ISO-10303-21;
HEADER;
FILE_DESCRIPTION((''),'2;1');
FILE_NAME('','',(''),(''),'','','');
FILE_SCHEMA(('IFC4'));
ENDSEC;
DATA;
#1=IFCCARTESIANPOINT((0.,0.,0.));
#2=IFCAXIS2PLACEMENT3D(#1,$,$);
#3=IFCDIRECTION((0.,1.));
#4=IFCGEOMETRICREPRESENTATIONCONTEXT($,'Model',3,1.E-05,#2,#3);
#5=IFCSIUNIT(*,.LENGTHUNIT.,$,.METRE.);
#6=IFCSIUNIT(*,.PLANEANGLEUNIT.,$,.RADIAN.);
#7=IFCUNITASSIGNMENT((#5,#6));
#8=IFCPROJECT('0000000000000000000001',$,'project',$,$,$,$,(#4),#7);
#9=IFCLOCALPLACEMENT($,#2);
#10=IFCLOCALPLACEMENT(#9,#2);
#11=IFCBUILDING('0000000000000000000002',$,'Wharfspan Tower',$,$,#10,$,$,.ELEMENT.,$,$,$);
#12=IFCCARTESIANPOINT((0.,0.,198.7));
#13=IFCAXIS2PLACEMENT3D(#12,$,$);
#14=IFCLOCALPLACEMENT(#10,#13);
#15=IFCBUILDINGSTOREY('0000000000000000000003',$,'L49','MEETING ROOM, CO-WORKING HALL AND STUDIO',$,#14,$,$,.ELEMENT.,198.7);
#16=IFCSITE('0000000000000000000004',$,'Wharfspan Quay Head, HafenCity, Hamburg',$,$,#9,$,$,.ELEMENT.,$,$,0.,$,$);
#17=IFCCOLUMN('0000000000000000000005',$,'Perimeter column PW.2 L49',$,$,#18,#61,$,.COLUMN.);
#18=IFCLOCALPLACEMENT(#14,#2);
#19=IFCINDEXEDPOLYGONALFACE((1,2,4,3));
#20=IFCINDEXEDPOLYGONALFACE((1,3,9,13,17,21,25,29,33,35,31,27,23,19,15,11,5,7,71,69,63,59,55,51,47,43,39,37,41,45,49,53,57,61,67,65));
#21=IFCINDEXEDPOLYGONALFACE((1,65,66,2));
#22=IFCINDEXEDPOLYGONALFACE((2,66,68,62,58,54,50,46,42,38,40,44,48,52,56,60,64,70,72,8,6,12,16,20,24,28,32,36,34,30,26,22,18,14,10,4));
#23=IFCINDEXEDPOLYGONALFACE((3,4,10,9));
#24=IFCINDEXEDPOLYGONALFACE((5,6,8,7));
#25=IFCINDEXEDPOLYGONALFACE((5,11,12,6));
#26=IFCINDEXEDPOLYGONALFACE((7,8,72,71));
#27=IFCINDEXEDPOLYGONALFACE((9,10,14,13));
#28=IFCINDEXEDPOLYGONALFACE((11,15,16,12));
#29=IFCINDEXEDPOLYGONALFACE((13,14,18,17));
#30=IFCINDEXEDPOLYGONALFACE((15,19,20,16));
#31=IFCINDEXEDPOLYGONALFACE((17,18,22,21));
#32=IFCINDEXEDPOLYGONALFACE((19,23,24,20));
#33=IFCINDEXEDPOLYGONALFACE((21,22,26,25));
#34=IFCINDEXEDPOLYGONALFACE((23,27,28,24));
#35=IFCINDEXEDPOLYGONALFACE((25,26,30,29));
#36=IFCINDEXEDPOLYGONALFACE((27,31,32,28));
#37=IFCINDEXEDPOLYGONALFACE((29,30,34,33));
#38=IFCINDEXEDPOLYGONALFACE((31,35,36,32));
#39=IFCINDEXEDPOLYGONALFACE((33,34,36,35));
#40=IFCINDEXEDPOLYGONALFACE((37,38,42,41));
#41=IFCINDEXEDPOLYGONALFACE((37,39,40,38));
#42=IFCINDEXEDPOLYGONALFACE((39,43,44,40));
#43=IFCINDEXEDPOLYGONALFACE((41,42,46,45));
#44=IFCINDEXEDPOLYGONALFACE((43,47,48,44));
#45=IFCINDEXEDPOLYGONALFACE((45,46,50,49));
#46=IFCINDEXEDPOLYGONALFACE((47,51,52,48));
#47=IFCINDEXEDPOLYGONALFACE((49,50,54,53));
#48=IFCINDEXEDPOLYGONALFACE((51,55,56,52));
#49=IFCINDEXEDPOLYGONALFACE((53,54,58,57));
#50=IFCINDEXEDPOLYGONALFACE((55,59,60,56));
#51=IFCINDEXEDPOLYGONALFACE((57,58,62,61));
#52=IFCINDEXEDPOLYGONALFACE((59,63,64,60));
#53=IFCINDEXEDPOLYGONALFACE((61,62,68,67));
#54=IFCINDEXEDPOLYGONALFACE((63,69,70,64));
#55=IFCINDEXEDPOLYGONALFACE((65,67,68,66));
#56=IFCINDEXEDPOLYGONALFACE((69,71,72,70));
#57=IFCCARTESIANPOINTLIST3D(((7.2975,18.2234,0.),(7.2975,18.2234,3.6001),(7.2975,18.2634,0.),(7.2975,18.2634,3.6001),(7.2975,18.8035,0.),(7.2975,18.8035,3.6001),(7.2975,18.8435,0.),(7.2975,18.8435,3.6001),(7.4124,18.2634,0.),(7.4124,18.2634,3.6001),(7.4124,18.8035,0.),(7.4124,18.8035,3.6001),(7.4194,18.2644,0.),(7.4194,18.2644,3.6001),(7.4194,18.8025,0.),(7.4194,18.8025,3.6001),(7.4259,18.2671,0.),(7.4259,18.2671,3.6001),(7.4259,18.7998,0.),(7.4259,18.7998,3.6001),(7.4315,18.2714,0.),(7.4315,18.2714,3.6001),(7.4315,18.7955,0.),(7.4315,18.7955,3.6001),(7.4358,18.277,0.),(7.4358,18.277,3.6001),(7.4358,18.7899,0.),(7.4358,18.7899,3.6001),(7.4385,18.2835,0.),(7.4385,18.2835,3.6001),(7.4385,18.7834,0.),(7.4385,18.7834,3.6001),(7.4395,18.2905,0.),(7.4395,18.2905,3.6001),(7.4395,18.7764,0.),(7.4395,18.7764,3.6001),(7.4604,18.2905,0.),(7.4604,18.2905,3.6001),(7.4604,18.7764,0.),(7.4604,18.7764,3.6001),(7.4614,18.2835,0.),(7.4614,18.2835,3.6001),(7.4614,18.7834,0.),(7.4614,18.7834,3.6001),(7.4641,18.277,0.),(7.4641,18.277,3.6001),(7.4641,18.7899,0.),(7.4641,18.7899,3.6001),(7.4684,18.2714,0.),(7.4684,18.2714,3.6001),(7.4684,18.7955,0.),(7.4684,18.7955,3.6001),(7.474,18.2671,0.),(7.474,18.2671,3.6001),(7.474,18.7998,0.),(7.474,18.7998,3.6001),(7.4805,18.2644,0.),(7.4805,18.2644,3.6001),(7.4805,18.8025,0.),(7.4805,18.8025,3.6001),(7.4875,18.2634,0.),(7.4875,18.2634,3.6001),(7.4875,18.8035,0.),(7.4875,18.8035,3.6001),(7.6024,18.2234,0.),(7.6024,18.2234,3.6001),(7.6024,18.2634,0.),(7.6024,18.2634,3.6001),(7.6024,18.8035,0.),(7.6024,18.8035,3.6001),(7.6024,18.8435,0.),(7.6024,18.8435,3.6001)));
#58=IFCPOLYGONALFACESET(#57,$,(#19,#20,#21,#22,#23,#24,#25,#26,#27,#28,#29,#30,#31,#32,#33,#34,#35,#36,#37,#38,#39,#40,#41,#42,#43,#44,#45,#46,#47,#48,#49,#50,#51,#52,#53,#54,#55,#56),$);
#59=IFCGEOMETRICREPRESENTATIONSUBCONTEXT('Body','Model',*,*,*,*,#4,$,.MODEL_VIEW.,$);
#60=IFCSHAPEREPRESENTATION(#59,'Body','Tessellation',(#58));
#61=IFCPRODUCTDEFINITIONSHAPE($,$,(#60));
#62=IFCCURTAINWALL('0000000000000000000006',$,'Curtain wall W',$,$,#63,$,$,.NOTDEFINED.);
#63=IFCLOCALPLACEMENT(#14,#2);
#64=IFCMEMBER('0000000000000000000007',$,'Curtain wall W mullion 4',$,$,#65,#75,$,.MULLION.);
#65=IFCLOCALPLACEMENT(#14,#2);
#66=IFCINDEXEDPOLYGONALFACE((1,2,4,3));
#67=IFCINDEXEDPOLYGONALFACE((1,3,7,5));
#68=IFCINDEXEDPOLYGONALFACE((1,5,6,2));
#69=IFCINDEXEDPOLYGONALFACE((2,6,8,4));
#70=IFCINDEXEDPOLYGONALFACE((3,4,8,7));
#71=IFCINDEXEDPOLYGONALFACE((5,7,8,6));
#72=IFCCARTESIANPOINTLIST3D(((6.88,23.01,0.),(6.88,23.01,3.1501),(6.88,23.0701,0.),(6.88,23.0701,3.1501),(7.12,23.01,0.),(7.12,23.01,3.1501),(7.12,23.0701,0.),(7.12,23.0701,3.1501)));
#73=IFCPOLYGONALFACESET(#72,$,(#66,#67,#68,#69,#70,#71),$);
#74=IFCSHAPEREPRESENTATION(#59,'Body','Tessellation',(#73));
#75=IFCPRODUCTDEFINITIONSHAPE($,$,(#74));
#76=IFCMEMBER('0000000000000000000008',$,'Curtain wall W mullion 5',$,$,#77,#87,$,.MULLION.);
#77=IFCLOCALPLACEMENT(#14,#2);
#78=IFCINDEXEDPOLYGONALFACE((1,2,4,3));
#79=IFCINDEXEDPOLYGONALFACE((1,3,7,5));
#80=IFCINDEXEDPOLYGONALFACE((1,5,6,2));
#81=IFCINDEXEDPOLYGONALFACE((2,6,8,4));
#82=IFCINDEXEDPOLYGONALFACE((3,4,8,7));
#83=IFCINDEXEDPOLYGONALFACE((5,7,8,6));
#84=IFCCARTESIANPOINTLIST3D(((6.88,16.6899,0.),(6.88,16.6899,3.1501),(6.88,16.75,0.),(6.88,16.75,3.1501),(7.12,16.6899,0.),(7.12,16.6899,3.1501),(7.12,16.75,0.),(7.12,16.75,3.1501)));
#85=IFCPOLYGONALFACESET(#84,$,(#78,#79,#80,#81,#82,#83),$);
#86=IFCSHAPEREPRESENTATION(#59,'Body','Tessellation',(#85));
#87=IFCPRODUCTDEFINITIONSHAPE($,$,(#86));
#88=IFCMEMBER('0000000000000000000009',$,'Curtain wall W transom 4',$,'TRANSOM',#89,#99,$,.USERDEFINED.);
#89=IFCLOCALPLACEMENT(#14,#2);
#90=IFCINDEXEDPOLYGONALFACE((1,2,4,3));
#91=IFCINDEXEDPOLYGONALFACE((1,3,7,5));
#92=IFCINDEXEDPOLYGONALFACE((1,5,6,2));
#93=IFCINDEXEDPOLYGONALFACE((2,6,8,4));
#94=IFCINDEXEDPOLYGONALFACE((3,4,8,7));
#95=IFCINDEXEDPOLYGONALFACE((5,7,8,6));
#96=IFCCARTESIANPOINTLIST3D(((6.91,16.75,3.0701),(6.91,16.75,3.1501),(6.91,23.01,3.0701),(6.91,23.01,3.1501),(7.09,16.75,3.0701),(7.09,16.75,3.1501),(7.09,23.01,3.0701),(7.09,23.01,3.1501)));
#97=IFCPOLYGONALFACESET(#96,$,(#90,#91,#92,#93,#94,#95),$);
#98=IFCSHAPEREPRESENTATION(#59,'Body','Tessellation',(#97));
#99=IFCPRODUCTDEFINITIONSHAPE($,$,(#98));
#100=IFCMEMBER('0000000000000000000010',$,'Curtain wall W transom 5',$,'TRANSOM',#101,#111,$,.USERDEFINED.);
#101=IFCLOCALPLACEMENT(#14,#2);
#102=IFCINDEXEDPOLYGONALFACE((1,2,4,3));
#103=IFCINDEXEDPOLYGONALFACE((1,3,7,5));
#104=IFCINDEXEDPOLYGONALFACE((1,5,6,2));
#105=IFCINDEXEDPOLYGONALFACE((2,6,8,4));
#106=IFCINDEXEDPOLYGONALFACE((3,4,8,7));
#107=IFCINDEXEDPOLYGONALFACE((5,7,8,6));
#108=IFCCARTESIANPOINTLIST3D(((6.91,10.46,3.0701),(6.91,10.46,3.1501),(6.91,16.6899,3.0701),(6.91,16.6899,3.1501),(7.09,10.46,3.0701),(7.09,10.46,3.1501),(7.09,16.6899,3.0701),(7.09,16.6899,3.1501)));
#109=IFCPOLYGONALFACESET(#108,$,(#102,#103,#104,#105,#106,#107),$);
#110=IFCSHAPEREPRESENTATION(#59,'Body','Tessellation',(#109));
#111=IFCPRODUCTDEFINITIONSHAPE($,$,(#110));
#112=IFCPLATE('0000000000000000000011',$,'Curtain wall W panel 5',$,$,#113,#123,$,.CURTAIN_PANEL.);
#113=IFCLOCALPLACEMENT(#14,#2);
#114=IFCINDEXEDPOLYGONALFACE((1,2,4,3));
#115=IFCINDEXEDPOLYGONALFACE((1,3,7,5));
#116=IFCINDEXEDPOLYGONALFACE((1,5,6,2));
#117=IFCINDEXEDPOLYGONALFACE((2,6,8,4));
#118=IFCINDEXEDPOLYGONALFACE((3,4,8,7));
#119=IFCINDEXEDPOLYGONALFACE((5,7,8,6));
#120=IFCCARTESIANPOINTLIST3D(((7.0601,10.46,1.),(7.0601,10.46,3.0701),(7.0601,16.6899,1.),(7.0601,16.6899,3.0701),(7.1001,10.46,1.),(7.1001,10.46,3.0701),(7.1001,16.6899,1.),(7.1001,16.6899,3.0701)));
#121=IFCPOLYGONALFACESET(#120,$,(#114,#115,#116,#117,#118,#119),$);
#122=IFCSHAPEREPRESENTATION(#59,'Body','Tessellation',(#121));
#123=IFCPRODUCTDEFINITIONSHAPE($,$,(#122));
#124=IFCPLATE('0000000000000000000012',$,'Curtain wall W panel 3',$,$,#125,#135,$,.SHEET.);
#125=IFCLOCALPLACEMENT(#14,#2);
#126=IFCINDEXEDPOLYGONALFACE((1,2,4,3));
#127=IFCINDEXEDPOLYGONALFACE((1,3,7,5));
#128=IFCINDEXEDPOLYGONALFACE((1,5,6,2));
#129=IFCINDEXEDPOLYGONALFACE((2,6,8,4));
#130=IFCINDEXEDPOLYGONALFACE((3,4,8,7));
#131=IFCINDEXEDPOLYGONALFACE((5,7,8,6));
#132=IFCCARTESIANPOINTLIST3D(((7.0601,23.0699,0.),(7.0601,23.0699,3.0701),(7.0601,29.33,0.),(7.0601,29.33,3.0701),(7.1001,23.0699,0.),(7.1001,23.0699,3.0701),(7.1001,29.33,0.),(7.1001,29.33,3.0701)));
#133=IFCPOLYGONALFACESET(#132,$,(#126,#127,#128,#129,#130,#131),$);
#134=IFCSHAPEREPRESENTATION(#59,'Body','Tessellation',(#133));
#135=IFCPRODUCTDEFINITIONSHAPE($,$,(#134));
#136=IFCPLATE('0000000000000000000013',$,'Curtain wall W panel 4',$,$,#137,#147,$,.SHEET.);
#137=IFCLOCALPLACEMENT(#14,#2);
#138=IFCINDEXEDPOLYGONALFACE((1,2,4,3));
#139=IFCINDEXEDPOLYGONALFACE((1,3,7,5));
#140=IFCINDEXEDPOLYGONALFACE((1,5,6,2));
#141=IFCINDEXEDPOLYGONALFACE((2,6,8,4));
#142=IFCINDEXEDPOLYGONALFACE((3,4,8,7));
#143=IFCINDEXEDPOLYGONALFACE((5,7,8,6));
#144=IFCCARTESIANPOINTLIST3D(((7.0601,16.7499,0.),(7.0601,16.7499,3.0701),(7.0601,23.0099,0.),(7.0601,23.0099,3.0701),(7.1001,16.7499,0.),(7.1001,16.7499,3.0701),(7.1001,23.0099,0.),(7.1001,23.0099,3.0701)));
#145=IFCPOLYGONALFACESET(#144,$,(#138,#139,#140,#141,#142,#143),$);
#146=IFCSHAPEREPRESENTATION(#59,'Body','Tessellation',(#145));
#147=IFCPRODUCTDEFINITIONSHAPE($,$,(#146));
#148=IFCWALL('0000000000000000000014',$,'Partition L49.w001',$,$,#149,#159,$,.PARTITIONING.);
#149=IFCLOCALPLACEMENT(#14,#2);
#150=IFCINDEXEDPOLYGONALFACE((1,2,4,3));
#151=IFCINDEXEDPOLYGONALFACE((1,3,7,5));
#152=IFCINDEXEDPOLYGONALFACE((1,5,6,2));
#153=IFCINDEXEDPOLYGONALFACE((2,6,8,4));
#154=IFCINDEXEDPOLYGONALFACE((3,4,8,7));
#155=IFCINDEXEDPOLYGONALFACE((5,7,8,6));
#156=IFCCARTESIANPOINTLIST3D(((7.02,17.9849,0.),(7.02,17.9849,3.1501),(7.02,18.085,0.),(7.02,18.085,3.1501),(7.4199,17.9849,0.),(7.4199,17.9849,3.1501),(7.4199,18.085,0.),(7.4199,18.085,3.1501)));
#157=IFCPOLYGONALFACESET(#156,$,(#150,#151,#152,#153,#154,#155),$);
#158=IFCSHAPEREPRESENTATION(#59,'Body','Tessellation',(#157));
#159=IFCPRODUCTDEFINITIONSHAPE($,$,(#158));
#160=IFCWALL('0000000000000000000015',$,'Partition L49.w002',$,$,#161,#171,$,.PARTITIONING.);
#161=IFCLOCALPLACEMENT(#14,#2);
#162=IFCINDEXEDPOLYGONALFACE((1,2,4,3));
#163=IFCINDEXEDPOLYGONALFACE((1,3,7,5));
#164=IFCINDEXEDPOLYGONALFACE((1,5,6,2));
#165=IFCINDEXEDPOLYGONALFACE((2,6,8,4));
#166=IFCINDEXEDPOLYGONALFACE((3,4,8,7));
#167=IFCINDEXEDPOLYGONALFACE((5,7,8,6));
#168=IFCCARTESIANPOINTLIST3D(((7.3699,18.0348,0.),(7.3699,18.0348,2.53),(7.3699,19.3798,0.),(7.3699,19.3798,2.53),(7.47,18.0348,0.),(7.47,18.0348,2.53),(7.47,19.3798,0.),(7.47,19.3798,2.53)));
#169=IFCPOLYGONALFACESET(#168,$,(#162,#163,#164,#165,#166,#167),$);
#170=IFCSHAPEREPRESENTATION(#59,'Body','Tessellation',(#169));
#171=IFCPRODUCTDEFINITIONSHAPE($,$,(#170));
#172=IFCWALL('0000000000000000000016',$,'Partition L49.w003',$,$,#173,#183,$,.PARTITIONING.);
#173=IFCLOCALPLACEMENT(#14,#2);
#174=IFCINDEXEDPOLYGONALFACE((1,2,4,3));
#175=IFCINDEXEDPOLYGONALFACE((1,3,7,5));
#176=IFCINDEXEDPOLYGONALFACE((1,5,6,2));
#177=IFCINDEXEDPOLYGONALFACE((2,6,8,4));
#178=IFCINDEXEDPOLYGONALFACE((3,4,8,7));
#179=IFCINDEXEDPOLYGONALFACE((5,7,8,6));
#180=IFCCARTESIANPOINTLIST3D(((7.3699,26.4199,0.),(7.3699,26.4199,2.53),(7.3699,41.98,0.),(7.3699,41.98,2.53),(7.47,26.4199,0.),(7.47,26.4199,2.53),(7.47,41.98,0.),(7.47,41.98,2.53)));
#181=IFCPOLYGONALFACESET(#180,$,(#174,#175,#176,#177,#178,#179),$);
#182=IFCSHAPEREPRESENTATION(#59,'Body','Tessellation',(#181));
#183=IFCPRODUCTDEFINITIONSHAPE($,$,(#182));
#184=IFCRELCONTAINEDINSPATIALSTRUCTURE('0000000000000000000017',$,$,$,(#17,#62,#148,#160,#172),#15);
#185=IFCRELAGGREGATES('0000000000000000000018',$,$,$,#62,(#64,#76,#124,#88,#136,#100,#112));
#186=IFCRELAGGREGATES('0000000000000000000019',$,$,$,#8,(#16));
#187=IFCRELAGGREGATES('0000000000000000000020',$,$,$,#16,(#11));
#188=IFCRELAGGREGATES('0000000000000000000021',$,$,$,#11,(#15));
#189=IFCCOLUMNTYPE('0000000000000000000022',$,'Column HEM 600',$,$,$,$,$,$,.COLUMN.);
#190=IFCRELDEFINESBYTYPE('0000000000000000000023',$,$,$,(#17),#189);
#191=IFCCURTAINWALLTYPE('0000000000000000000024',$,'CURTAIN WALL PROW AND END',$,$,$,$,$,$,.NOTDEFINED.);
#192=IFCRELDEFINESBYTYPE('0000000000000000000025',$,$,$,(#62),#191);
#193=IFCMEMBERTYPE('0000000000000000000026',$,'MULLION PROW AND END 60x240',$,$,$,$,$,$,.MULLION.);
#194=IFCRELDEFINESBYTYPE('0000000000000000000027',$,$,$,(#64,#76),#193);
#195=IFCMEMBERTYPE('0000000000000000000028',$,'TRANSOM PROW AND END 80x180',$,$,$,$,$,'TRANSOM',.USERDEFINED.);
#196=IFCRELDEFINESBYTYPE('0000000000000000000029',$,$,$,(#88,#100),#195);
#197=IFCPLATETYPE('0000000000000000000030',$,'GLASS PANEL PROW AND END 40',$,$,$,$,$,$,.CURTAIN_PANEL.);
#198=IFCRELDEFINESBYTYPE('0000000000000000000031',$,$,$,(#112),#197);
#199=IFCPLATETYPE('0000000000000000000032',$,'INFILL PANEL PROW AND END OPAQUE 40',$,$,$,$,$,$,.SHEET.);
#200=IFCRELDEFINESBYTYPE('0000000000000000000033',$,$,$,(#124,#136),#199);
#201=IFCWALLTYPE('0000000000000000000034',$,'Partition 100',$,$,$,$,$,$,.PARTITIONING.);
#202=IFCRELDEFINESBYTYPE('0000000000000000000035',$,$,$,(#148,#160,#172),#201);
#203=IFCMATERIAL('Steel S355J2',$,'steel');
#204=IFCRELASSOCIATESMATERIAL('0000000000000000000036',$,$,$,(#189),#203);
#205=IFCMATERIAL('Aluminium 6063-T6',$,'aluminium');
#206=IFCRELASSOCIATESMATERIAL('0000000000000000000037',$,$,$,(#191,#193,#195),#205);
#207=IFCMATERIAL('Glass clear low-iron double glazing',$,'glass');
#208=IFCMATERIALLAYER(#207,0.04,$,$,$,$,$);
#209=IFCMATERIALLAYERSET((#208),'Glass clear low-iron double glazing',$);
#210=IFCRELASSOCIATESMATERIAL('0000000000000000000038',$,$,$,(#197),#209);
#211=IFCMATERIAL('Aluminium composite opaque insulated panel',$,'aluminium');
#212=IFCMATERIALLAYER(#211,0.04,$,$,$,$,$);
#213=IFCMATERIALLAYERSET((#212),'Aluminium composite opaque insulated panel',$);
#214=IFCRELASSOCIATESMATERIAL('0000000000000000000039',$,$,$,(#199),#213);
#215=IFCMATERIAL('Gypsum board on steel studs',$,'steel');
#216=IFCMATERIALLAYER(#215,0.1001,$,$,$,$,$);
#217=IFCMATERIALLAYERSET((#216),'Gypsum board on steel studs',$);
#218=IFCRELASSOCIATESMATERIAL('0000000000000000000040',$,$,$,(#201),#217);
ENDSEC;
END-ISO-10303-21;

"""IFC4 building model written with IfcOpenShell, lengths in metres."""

from ifc_helpers import new_model, si_unit, direction, frame, frame_2d, origin, origin_2d, place, context, subcontext, project, spatial, rectangle, i_section, extrude, material, layer, layer_set, material_profile, profile_set, type_object, element, aggregate, save


model = new_model("IFC4")

# Units and contexts
model_context = context("Model", 3, precision=1e-05, world=origin(), true_north=direction((0.0, 1.0)))
body_context = subcontext(model_context, "Body", "Model", "MODEL_VIEW")
ifc_project = project(units=[si_unit("LENGTHUNIT", "METRE"), si_unit("PLANEANGLEUNIT", "RADIAN")], contexts=[model_context])

# Site, building, storey
site_placement = place(None, origin())
site = spatial("IfcSite", under=ifc_project, at=site_placement, Name="Wharfspan Quay Head, HafenCity, Hamburg", CompositionType="ELEMENT", RefElevation=0.0)
building_placement = place(site_placement, origin())
building = spatial("IfcBuilding", under=site, at=building_placement, Name="Wharfspan Tower", CompositionType="ELEMENT")
storey_placement = place(building_placement, frame((0.0, 0.0, 198.7)))
storey = spatial("IfcBuildingStorey", under=building, at=storey_placement, Name="L49", Description="MEETING ROOM, CO-WORKING HALL AND STUDIO", CompositionType="ELEMENT", Elevation=198.7)

# Column
ifc_material_1 = material(Name="Steel S355J2", Category="steel")
ifc_material_profile_1 = material_profile(ifc_material_1, i_section(OverallWidth=0.3049, OverallDepth=0.6201, WebThickness=0.021, FlangeThickness=0.04, FilletRadius=0.0271, at=origin_2d()))
ifc_profile_set_1 = profile_set([ifc_material_profile_1], Name="Steel S355J2")
column_type = type_object("IfcColumnType", Name="Column HEM 600", PredefinedType="COLUMN", material=ifc_profile_set_1)
column_placement = place(storey_placement, frame((7.45, 18.5334, 0.0), z_axis=(0.0, 0.0, 1.0), x_axis=(-1.0, 0.0, 0.0)))
element("IfcColumn", 1, at=column_placement, inside=storey, type_object=column_type, Name="Perimeter column PW.2 L49", PredefinedType="COLUMN", context=body_context, shape_type="SweptSolid", body=[
    extrude(i_section(OverallWidth=0.3049, OverallDepth=0.6201, WebThickness=0.021, FlangeThickness=0.04, FilletRadius=0.0271, at=origin_2d()), origin(), (0.0, 0.0, 1.0), 3.6001),
])

# Curtain wall, members, plates
ifc_material_2 = material(Name="Aluminium 6063-T6", Category="aluminium")
curtain_wall_type = type_object("IfcCurtainWallType", Name="CURTAIN WALL PROW AND END", PredefinedType="NOTDEFINED", material=ifc_material_2)
curtain_wall_placement = place(storey_placement, origin())
curtain_wall = element("IfcCurtainWall", 2, at=curtain_wall_placement, inside=storey, type_object=curtain_wall_type, Name="Curtain wall W", PredefinedType="NOTDEFINED")
ifc_material_profile_2 = material_profile(ifc_material_2, rectangle(XDim=0.24, YDim=0.0601, at=origin_2d()))
ifc_profile_set_2 = profile_set([ifc_material_profile_2], Name="Aluminium 6063-T6")
member_type_1 = type_object("IfcMemberType", Name="MULLION PROW AND END 60x240", PredefinedType="MULLION", material=ifc_profile_set_2)
member_1_placement = place(storey_placement, frame((7.0, 23.04, 0.0), z_axis=(0.0, 0.0, 1.0), x_axis=(1.0, 0.0, 0.0)))
member_1 = element("IfcMember", 3, at=member_1_placement, type_object=member_type_1, Name="Curtain wall W mullion 4", PredefinedType="MULLION", context=body_context, shape_type="SweptSolid", body=[
    extrude(rectangle(XDim=0.24, YDim=0.0601, at=origin_2d()), origin(), (0.0, 0.0, 1.0), 3.1501),
])
member_2_placement = place(storey_placement, frame((7.0, 16.72, 0.0), z_axis=(0.0, 0.0, 1.0), x_axis=(1.0, 0.0, 0.0)))
member_2 = element("IfcMember", 4, at=member_2_placement, type_object=member_type_1, Name="Curtain wall W mullion 5", PredefinedType="MULLION", context=body_context, shape_type="SweptSolid", body=[
    extrude(rectangle(XDim=0.24, YDim=0.0601, at=origin_2d()), origin(), (0.0, 0.0, 1.0), 3.1501),
])
ifc_material_profile_3 = material_profile(ifc_material_2, rectangle(XDim=0.1799, YDim=0.0801, at=origin_2d()))
ifc_profile_set_3 = profile_set([ifc_material_profile_3], Name="Aluminium 6063-T6")
member_type_2 = type_object("IfcMemberType", Name="TRANSOM PROW AND END 80x180", ElementType="TRANSOM", PredefinedType="USERDEFINED", material=ifc_profile_set_3)
member_3_placement = place(storey_placement, frame((7.0, 23.01, 3.1101), z_axis=(0.0, -1.0, 0.0), x_axis=(1.0, 0.0, 0.0)))
member_3 = element("IfcMember", 5, at=member_3_placement, type_object=member_type_2, Name="Curtain wall W transom 4", ObjectType="TRANSOM", PredefinedType="USERDEFINED", context=body_context, shape_type="SweptSolid", body=[
    extrude(rectangle(XDim=0.1799, YDim=0.0801, at=origin_2d()), origin(), (0.0, 0.0, 1.0), 6.26),
])
member_4_placement = place(storey_placement, frame((7.0, 16.6899, 3.1101), z_axis=(0.0, -1.0, 0.0), x_axis=(1.0, 0.0, 0.0)))
member_4 = element("IfcMember", 6, at=member_4_placement, type_object=member_type_2, Name="Curtain wall W transom 5", ObjectType="TRANSOM", PredefinedType="USERDEFINED", context=body_context, shape_type="SweptSolid", body=[
    extrude(rectangle(XDim=0.1799, YDim=0.0801, at=origin_2d()), origin(), (0.0, 0.0, 1.0), 6.23),
])
ifc_material_3 = material(Name="Glass clear low-iron double glazing", Category="glass")
ifc_layer_1 = layer(ifc_material_3, 0.04)
ifc_layer_set_1 = layer_set([ifc_layer_1], Name="Glass clear low-iron double glazing")
plate_type_1 = type_object("IfcPlateType", Name="GLASS PANEL PROW AND END 40", PredefinedType="CURTAIN_PANEL", material=ifc_layer_set_1)
plate_1_placement = place(storey_placement, frame((7.0801, 13.575, 1.0), z_axis=(0.0, 0.0, 1.0), x_axis=(0.0, -1.0, 0.0)))
plate_1 = element("IfcPlate", 7, at=plate_1_placement, type_object=plate_type_1, Name="Curtain wall W panel 5", PredefinedType="CURTAIN_PANEL", context=body_context, shape_type="SweptSolid", body=[
    extrude(rectangle(XDim=6.23, YDim=0.04, at=origin_2d()), origin(), (0.0, 0.0, 1.0), 2.0701),
])
ifc_material_4 = material(Name="Aluminium composite opaque insulated panel", Category="aluminium")
ifc_layer_2 = layer(ifc_material_4, 0.04)
ifc_layer_set_2 = layer_set([ifc_layer_2], Name="Aluminium composite opaque insulated panel")
plate_type_2 = type_object("IfcPlateType", Name="INFILL PANEL PROW AND END OPAQUE 40", PredefinedType="SHEET", material=ifc_layer_set_2)
plate_2_placement = place(storey_placement, frame((7.0801, 26.2, 0.0), z_axis=(0.0, 0.0, 1.0), x_axis=(0.0, -1.0, 0.0)))
plate_2 = element("IfcPlate", 8, at=plate_2_placement, type_object=plate_type_2, Name="Curtain wall W panel 3", PredefinedType="SHEET", context=body_context, shape_type="SweptSolid", body=[
    extrude(rectangle(XDim=6.26, YDim=0.04, at=origin_2d()), origin(), (0.0, 0.0, 1.0), 3.0701),
])
plate_3_placement = place(storey_placement, frame((7.0801, 19.8799, 0.0), z_axis=(0.0, 0.0, 1.0), x_axis=(0.0, -1.0, 0.0)))
plate_3 = element("IfcPlate", 9, at=plate_3_placement, type_object=plate_type_2, Name="Curtain wall W panel 4", PredefinedType="SHEET", context=body_context, shape_type="SweptSolid", body=[
    extrude(rectangle(XDim=6.26, YDim=0.04, at=origin_2d()), origin(), (0.0, 0.0, 1.0), 3.0701),
])
aggregate(curtain_wall, [member_1, member_2, plate_2, member_3, plate_3, member_4, plate_1])

# Walls
ifc_material_5 = material(Name="Gypsum board on steel studs", Category="steel")
ifc_layer_3 = layer(ifc_material_5, 0.1001)
ifc_layer_set_3 = layer_set([ifc_layer_3], Name="Gypsum board on steel studs")
wall_type_1 = type_object("IfcWallType", Name="Partition 100", PredefinedType="PARTITIONING", material=ifc_layer_set_3)
wall_1_placement = place(storey_placement, frame((7.02, 18.0349, 0.0), z_axis=(0.0, 0.0, 1.0), x_axis=(1.0, 0.0, 0.0)))
element("IfcWall", 10, at=wall_1_placement, inside=storey, type_object=wall_type_1, Name="Partition L49.w001", PredefinedType="PARTITIONING", context=body_context, shape_type="SweptSolid", body=[
    extrude(rectangle(XDim=0.3999, YDim=0.1001, at=frame_2d((0.2, 0.0))), origin(), (0.0, 0.0, 1.0), 3.1501),
])
wall_2_placement = place(storey_placement, frame((7.4199, 18.0349, 0.0), z_axis=(0.0, 0.0, 1.0), x_axis=(0.0, 1.0, 0.0)))
element("IfcWall", 11, at=wall_2_placement, inside=storey, type_object=wall_type_1, Name="Partition L49.w002", PredefinedType="PARTITIONING", context=body_context, shape_type="SweptSolid", body=[
    extrude(rectangle(XDim=1.345, YDim=0.1001, at=frame_2d((0.6724, 0.0))), origin(), (0.0, 0.0, 1.0), 2.53),
])
wall_3_placement = place(storey_placement, frame((7.4199, 26.4199, 0.0), z_axis=(0.0, 0.0, 1.0), x_axis=(0.0, 1.0, 0.0)))
element("IfcWall", 12, at=wall_3_placement, inside=storey, type_object=wall_type_1, Name="Partition L49.w003", PredefinedType="PARTITIONING", context=body_context, shape_type="SweptSolid", body=[
    extrude(rectangle(XDim=15.5601, YDim=0.1001, at=frame_2d((7.78, 0.0))), origin(), (0.0, 0.0, 1.0), 2.53),
])

save(model, "model.ifc")
